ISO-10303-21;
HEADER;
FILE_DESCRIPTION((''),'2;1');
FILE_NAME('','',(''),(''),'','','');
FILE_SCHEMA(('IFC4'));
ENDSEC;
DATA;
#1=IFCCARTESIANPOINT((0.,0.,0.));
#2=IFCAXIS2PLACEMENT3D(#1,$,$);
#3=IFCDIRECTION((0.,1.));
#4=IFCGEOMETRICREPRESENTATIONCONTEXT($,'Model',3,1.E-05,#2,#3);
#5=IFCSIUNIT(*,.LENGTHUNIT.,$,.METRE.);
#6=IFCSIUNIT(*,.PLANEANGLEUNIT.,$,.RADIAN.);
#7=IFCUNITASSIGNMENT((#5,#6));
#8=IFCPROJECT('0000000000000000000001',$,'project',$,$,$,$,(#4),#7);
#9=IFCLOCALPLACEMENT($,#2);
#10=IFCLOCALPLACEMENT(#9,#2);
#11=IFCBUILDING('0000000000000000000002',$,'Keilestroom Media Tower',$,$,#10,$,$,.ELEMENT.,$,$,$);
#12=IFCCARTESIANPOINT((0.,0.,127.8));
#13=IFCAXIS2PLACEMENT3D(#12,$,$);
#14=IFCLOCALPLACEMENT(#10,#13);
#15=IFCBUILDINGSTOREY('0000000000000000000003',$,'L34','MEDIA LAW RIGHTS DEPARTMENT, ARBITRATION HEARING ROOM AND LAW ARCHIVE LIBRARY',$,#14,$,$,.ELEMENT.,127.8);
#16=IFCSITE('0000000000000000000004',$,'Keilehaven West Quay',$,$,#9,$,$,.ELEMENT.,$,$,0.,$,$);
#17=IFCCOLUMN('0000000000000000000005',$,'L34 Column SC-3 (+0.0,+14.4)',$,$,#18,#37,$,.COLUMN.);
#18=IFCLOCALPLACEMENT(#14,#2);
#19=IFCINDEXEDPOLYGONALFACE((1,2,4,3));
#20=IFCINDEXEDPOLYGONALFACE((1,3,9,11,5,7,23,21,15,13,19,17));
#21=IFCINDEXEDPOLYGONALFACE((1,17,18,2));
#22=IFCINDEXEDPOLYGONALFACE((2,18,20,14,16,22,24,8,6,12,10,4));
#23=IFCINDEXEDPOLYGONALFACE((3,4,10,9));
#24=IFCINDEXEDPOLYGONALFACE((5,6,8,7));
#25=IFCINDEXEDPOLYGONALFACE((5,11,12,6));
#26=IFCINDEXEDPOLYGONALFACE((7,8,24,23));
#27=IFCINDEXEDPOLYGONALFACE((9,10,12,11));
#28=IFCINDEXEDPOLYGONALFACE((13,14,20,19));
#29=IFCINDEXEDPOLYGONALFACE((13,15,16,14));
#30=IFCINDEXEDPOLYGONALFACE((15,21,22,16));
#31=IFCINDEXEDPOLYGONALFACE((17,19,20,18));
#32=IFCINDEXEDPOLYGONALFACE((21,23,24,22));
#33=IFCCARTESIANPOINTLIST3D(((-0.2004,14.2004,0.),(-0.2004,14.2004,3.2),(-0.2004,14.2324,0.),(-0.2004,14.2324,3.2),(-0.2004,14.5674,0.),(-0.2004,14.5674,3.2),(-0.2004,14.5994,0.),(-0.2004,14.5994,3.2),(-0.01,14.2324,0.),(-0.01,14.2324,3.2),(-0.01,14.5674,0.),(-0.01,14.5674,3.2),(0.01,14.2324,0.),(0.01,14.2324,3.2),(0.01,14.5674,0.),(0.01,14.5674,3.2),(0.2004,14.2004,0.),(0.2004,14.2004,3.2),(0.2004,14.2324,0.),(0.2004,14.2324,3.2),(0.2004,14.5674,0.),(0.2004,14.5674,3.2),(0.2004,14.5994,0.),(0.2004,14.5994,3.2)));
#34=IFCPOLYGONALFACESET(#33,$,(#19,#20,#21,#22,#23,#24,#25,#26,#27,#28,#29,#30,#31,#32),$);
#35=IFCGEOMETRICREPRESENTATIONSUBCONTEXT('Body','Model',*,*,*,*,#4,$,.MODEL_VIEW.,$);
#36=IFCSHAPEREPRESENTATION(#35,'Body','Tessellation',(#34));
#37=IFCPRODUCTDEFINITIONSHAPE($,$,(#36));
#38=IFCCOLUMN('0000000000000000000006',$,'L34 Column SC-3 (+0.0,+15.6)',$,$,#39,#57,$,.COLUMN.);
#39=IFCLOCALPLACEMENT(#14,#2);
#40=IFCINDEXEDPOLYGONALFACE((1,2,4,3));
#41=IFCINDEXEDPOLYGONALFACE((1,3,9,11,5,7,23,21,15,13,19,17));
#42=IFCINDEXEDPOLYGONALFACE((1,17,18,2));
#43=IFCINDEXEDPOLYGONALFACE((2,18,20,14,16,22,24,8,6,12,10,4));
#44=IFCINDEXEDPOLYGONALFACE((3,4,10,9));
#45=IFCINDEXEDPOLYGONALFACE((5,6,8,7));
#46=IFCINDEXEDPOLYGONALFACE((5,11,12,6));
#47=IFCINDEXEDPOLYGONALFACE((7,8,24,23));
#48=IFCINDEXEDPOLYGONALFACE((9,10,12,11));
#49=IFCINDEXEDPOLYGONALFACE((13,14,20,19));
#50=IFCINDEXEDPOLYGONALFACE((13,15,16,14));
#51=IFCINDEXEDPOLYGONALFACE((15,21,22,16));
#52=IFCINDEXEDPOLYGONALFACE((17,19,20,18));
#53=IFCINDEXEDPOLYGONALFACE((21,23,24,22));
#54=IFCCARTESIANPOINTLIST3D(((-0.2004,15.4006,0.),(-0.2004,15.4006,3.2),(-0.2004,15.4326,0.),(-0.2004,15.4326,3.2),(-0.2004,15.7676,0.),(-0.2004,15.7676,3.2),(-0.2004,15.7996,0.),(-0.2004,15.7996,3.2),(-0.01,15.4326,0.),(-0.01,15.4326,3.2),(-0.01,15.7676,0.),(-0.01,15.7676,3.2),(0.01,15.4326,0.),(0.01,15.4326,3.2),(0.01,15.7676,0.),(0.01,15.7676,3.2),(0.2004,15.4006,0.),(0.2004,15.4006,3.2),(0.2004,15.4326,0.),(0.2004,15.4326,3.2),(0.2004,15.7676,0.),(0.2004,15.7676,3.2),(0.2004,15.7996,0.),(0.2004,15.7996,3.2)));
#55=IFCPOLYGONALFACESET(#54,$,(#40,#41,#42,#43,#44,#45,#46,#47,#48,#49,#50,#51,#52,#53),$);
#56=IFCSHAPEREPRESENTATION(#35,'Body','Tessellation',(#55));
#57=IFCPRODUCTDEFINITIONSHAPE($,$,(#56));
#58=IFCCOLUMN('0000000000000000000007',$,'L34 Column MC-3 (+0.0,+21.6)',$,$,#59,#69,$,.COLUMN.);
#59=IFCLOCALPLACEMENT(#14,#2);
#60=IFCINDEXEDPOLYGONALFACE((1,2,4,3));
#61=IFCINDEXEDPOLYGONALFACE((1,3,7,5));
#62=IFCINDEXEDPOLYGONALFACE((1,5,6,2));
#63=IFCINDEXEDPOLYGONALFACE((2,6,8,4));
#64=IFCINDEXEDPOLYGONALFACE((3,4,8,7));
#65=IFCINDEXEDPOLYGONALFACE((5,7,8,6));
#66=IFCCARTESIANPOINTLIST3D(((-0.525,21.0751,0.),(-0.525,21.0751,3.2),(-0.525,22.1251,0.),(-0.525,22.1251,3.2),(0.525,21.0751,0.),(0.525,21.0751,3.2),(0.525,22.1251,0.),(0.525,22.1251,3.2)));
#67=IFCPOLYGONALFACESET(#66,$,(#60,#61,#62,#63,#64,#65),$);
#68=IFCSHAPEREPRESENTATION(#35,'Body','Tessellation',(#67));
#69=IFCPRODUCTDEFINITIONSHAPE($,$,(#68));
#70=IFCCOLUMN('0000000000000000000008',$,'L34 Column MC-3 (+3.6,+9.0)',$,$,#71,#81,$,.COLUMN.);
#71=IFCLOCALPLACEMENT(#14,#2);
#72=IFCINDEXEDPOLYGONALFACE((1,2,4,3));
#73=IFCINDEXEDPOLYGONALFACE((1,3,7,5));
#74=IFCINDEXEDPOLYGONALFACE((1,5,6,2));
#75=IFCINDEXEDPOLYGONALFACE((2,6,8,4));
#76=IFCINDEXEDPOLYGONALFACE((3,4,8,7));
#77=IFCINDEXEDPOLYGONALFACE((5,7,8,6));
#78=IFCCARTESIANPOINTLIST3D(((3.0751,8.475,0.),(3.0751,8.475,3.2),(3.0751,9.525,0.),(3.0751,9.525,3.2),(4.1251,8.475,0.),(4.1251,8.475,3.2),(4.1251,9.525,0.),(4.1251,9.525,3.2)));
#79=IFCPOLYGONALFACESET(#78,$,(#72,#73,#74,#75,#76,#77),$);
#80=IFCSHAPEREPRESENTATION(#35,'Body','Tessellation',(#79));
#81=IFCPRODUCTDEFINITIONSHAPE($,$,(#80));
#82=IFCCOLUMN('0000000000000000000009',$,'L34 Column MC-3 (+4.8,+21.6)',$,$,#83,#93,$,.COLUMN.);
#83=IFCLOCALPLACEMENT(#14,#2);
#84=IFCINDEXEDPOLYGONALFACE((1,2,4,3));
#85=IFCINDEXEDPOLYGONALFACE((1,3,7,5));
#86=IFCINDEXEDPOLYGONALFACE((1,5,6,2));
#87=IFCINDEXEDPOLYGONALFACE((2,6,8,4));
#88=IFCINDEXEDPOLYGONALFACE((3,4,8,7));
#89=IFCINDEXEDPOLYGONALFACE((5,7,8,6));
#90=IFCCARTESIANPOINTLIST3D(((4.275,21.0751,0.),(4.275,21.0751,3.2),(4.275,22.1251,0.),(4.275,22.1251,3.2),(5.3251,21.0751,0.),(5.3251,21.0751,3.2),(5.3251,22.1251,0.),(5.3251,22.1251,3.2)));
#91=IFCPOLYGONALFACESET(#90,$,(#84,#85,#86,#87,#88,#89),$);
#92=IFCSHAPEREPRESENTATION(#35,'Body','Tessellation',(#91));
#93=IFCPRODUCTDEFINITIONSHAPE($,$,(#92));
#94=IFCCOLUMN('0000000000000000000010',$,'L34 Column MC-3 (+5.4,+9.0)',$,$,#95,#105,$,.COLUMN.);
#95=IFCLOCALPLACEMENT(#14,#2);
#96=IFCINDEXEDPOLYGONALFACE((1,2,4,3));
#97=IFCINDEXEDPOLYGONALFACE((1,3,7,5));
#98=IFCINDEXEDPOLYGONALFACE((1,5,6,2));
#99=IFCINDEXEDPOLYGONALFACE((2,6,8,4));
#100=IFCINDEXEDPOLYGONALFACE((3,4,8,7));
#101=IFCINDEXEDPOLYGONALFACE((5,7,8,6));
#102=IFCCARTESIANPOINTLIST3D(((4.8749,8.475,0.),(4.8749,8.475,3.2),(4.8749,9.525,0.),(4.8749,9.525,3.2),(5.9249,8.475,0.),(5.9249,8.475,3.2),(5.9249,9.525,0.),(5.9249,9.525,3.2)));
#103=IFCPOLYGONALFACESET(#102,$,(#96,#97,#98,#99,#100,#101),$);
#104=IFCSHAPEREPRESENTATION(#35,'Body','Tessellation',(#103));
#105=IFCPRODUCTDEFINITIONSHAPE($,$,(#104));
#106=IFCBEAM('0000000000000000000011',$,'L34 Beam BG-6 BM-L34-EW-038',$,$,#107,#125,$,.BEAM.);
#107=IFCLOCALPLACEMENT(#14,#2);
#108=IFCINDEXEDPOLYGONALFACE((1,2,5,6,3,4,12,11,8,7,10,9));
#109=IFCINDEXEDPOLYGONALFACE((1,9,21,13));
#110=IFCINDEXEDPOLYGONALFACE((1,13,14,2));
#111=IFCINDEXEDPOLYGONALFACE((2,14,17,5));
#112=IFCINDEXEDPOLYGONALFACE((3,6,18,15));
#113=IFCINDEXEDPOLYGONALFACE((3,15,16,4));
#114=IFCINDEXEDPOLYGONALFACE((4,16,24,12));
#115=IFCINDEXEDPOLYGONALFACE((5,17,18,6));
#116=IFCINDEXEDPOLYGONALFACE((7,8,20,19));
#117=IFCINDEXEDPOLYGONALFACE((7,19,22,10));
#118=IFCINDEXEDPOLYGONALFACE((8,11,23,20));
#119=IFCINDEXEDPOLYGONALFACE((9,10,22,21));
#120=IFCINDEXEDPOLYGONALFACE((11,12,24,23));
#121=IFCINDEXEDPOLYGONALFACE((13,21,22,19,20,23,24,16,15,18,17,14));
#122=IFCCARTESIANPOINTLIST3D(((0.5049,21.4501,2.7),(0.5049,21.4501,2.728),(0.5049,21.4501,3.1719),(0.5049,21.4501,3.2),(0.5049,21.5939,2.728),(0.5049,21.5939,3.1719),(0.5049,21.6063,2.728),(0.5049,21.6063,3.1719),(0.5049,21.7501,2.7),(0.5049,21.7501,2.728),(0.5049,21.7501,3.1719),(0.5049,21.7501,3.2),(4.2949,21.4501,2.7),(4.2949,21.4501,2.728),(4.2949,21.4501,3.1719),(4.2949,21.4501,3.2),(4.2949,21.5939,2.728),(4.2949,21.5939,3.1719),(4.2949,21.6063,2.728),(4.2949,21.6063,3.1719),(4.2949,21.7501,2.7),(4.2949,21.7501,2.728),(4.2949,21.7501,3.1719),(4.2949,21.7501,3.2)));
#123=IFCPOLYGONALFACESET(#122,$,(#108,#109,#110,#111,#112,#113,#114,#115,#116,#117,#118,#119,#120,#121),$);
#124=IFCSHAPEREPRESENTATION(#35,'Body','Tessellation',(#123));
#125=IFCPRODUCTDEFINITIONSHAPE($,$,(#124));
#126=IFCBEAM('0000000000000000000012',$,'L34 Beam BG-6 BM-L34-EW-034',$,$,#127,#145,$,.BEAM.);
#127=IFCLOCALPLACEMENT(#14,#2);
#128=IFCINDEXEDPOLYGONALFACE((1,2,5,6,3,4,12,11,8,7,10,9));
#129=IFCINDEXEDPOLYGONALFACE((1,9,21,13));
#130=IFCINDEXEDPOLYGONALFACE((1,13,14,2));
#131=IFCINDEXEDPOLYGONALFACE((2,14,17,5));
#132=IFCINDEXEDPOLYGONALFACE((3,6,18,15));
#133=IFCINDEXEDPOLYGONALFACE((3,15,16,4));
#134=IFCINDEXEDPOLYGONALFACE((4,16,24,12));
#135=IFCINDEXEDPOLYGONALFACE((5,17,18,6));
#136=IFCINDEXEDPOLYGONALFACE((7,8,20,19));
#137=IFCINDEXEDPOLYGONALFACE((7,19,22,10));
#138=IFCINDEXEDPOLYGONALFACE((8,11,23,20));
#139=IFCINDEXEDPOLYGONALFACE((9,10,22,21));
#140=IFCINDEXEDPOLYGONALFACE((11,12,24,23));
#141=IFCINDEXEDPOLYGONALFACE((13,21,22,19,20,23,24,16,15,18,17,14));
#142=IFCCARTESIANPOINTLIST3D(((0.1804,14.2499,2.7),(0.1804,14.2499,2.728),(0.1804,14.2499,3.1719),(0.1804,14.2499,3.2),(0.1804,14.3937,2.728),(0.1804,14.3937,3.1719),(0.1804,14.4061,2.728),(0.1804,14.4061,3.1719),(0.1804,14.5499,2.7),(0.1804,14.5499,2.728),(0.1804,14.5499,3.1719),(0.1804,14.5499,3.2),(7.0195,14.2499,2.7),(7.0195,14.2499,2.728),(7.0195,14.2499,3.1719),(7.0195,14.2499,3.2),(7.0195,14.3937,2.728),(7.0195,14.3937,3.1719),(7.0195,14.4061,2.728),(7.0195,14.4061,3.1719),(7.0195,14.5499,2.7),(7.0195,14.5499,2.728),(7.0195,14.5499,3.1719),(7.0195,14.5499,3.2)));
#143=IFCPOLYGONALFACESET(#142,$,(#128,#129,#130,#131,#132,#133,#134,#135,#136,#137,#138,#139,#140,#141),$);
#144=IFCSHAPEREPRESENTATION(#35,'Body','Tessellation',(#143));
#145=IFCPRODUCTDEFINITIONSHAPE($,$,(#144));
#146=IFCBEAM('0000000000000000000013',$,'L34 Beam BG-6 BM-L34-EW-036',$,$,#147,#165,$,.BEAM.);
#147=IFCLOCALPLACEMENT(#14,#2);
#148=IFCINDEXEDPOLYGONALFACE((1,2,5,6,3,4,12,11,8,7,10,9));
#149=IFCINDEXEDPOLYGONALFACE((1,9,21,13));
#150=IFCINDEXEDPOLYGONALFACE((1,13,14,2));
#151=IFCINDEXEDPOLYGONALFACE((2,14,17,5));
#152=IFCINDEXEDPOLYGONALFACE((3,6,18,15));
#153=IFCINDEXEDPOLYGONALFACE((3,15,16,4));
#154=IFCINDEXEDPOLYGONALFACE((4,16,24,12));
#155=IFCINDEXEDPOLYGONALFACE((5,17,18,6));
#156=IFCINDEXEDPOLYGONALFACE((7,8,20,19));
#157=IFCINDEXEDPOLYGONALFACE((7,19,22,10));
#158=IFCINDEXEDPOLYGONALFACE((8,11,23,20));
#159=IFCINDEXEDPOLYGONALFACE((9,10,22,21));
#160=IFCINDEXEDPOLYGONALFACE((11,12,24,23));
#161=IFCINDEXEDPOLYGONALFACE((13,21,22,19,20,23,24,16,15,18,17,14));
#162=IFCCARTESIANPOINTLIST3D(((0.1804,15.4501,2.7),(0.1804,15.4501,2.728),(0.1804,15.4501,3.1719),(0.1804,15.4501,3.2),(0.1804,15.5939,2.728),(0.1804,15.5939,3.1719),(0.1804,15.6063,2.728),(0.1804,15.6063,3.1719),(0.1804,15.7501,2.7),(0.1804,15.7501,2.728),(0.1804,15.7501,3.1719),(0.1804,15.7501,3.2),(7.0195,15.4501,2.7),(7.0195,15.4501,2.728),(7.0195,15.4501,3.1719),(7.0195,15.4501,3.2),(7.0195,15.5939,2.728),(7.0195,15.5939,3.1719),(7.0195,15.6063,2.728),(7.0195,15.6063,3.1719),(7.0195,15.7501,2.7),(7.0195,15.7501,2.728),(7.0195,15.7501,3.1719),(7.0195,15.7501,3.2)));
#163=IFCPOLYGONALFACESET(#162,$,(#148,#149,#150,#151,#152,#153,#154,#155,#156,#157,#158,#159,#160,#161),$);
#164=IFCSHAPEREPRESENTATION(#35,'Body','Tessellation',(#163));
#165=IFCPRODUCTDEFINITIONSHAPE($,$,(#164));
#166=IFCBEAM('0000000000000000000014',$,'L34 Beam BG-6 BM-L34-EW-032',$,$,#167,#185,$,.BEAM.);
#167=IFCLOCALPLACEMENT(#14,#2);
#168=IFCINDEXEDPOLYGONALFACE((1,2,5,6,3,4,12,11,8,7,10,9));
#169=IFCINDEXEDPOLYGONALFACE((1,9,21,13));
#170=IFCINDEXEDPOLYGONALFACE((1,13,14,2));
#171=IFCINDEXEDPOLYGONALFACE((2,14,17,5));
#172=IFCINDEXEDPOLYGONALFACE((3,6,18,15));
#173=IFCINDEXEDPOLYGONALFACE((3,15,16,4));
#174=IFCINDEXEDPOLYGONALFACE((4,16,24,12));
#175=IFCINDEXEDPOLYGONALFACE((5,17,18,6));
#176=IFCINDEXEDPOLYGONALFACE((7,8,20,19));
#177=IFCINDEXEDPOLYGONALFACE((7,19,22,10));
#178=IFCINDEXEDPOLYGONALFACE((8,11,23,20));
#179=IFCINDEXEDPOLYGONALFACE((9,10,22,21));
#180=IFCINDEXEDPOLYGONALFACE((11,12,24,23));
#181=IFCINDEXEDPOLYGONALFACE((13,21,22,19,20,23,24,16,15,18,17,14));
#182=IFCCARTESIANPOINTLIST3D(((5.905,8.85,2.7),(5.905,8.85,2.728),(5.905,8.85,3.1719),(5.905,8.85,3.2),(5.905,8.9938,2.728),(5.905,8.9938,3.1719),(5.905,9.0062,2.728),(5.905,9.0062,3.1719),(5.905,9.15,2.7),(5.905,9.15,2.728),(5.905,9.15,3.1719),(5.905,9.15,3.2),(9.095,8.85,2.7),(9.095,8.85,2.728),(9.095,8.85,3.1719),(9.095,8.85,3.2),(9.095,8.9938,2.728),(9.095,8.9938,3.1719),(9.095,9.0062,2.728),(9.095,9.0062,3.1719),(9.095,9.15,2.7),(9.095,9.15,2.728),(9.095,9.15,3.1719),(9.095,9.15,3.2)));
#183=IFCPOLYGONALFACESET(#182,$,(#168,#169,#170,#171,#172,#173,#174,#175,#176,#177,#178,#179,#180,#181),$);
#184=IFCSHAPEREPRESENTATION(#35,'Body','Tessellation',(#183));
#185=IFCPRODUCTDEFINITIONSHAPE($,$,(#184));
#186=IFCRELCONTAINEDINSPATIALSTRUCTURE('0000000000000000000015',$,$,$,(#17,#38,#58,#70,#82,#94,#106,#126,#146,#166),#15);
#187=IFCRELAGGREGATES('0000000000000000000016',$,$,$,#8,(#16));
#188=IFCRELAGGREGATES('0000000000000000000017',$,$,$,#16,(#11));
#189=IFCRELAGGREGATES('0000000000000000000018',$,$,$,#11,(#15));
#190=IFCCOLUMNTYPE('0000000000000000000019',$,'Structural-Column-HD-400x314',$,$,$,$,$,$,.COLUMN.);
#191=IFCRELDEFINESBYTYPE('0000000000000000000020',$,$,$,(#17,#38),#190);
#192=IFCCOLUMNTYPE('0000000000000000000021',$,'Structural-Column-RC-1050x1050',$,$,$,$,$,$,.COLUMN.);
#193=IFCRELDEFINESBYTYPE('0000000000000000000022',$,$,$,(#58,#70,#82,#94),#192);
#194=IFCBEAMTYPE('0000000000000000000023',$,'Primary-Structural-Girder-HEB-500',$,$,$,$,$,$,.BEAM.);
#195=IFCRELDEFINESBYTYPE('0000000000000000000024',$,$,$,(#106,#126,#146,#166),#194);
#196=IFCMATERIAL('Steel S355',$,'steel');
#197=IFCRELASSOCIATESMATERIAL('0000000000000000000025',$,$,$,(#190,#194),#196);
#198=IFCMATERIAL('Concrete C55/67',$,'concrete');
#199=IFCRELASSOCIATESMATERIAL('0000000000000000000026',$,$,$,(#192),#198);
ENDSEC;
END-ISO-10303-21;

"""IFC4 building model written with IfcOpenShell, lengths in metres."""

from ifc_helpers import new_model, si_unit, direction, frame, origin, origin_2d, place, context, subcontext, project, spatial, rectangle, i_section, extrude, source, transform, mapped, material, material_profile, profile_set, type_object, element, save


model = new_model("IFC4")

# Units and contexts
model_context = context("Model", 3, precision=1e-05, world=origin(), true_north=direction((0.0, 1.0)))
body_context = subcontext(model_context, "Body", "Model", "MODEL_VIEW")
ifc_project = project(units=[si_unit("LENGTHUNIT", "METRE"), si_unit("PLANEANGLEUNIT", "RADIAN")], contexts=[model_context])

# Site, building, storey
site_placement = place(None, origin())
site = spatial("IfcSite", under=ifc_project, at=site_placement, Name="Keilehaven West Quay", CompositionType="ELEMENT", RefElevation=0.0)
building_placement = place(site_placement, origin())
building = spatial("IfcBuilding", under=site, at=building_placement, Name="Keilestroom Media Tower", CompositionType="ELEMENT")
storey_placement = place(building_placement, frame((0.0, 0.0, 127.8)))
storey = spatial("IfcBuildingStorey", under=building, at=storey_placement, Name="L34", Description="MEDIA LAW RIGHTS DEPARTMENT, ARBITRATION HEARING ROOM AND LAW ARCHIVE LIBRARY", CompositionType="ELEMENT", Elevation=127.8)

# Columns
ifc_material_1 = material(Name="Steel S355", Category="steel")
ifc_material_profile_1 = material_profile(ifc_material_1, i_section(OverallWidth=0.4009, OverallDepth=0.3989, WebThickness=0.02, FlangeThickness=0.032, at=origin_2d()), Name="HD 400x314")
ifc_profile_set_1 = profile_set([ifc_material_profile_1], Name="Steel S355")
column_type_1 = type_object("IfcColumnType", Name="Structural-Column-HD-400x314", PredefinedType="COLUMN", material=ifc_profile_set_1)
shared_shape_1 = source(origin(), body_context, "Body", "SweptSolid", [
    extrude(i_section(OverallWidth=0.4009, OverallDepth=0.3989, WebThickness=0.02, FlangeThickness=0.032, at=origin_2d()), origin(), (0.0, 0.0, 1.0), 3.2),
])
for number, where, z_axis, x_axis, name in (
    (1, (0.0, 14.3999, 0.0), (0.0, 0.0, 1.0), (1.0, 0.0, 0.0), "L34 Column SC-3 (+0.0,+14.4)"),
    (2, (0.0, 15.6001, 0.0), (0.0, 0.0, 1.0), (1.0, 0.0, 0.0), "L34 Column SC-3 (+0.0,+15.6)"),
):
    element("IfcColumn", number, at=place(storey_placement, frame(where, z_axis=z_axis, x_axis=x_axis)), inside=storey, type_object=column_type_1, Name=name, PredefinedType="COLUMN", context=body_context, shape_type="MappedRepresentation", body=[
        mapped(shared_shape_1, transform((0.0, 0.0, 0.0), x_axis=(1.0, 0.0, 0.0), y_axis=(0.0, 1.0, 0.0), z_axis=(0.0, 0.0, 1.0), scale=1.0)),
    ])
ifc_material_2 = material(Name="Concrete C55/67", Category="concrete")
ifc_material_profile_2 = material_profile(ifc_material_2, rectangle(XDim=1.05, YDim=1.05, at=origin_2d()), Name="RC 1050x1050")
ifc_profile_set_2 = profile_set([ifc_material_profile_2], Name="Concrete C55/67")
column_type_2 = type_object("IfcColumnType", Name="Structural-Column-RC-1050x1050", PredefinedType="COLUMN", material=ifc_profile_set_2)
shared_shape_2 = source(origin(), body_context, "Body", "SweptSolid", [
    extrude(rectangle(XDim=1.05, YDim=1.05, at=origin_2d()), origin(), (0.0, 0.0, 1.0), 3.2),
])
for number, where, z_axis, x_axis, name in (
    (3, (0.0, 21.6001, 0.0), (0.0, 0.0, 1.0), (1.0, 0.0, 0.0), "L34 Column MC-3 (+0.0,+21.6)"),
    (4, (3.6001, 9.0, 0.0), (0.0, 0.0, 1.0), (1.0, 0.0, 0.0), "L34 Column MC-3 (+3.6,+9.0)"),
    (5, (4.8, 21.6001, 0.0), (0.0, 0.0, 1.0), (1.0, 0.0, 0.0), "L34 Column MC-3 (+4.8,+21.6)"),
    (6, (5.3999, 9.0, 0.0), (0.0, 0.0, 1.0), (1.0, 0.0, 0.0), "L34 Column MC-3 (+5.4,+9.0)"),
):
    element("IfcColumn", number, at=place(storey_placement, frame(where, z_axis=z_axis, x_axis=x_axis)), inside=storey, type_object=column_type_2, Name=name, PredefinedType="COLUMN", context=body_context, shape_type="MappedRepresentation", body=[
        mapped(shared_shape_2, transform((0.0, 0.0, 0.0), x_axis=(1.0, 0.0, 0.0), y_axis=(0.0, 1.0, 0.0), z_axis=(0.0, 0.0, 1.0), scale=1.0)),
    ])

# Beams
ifc_material_profile_3 = material_profile(ifc_material_1, i_section(OverallWidth=0.3, OverallDepth=0.5, WebThickness=0.0125, FlangeThickness=0.0281, at=origin_2d()), Name="HEB 500")
ifc_profile_set_3 = profile_set([ifc_material_profile_3], Name="Steel S355")
beam_type_1 = type_object("IfcBeamType", Name="Primary-Structural-Girder-HEB-500", PredefinedType="BEAM", material=ifc_profile_set_3)
shared_shape_3 = source(origin(), body_context, "Body", "SweptSolid", [
    extrude(i_section(OverallWidth=0.3, OverallDepth=0.5, WebThickness=0.0125, FlangeThickness=0.0281, at=origin_2d()), origin(), (0.0, 0.0, 1.0), 3.79),
])
beam_1_placement = place(storey_placement, frame((0.5049, 21.6001, 2.95), z_axis=(1.0, 0.0, 0.0), x_axis=(0.0, 1.0, 0.0)))
element("IfcBeam", 7, at=beam_1_placement, inside=storey, type_object=beam_type_1, Name="L34 Beam BG-6 BM-L34-EW-038", PredefinedType="BEAM", context=body_context, shape_type="MappedRepresentation", body=[
    mapped(shared_shape_3, transform((0.0, 0.0, 0.0), x_axis=(1.0, 0.0, 0.0), y_axis=(0.0, 1.0, 0.0), z_axis=(0.0, 0.0, 1.0), scale=1.0)),
])
shared_shape_4 = source(origin(), body_context, "Body", "SweptSolid", [
    extrude(i_section(OverallWidth=0.3, OverallDepth=0.5, WebThickness=0.0125, FlangeThickness=0.0281, at=origin_2d()), origin(), (0.0, 0.0, 1.0), 6.8391),
])
for number, where, z_axis, x_axis, name in (
    (8, (0.1804, 14.3999, 2.95), (1.0, 0.0, 0.0), (0.0, 1.0, 0.0), "L34 Beam BG-6 BM-L34-EW-034"),
    (9, (0.1804, 15.6001, 2.95), (1.0, 0.0, 0.0), (0.0, 1.0, 0.0), "L34 Beam BG-6 BM-L34-EW-036"),
):
    element("IfcBeam", number, at=place(storey_placement, frame(where, z_axis=z_axis, x_axis=x_axis)), inside=storey, type_object=beam_type_1, Name=name, PredefinedType="BEAM", context=body_context, shape_type="MappedRepresentation", body=[
        mapped(shared_shape_4, transform((0.0, 0.0, 0.0), x_axis=(1.0, 0.0, 0.0), y_axis=(0.0, 1.0, 0.0), z_axis=(0.0, 0.0, 1.0), scale=1.0)),
    ])
shared_shape_5 = source(origin(), body_context, "Body", "SweptSolid", [
    extrude(i_section(OverallWidth=0.3, OverallDepth=0.5, WebThickness=0.0125, FlangeThickness=0.0281, at=origin_2d()), origin(), (0.0, 0.0, 1.0), 3.1899),
])
beam_2_placement = place(storey_placement, frame((5.905, 9.0, 2.95), z_axis=(1.0, 0.0, 0.0), x_axis=(0.0, 1.0, 0.0)))
element("IfcBeam", 10, at=beam_2_placement, inside=storey, type_object=beam_type_1, Name="L34 Beam BG-6 BM-L34-EW-032", PredefinedType="BEAM", context=body_context, shape_type="MappedRepresentation", body=[
    mapped(shared_shape_5, transform((0.0, 0.0, 0.0), x_axis=(1.0, 0.0, 0.0), y_axis=(0.0, 1.0, 0.0), z_axis=(0.0, 0.0, 1.0), scale=1.0)),
])

save(model, "model.ifc")
